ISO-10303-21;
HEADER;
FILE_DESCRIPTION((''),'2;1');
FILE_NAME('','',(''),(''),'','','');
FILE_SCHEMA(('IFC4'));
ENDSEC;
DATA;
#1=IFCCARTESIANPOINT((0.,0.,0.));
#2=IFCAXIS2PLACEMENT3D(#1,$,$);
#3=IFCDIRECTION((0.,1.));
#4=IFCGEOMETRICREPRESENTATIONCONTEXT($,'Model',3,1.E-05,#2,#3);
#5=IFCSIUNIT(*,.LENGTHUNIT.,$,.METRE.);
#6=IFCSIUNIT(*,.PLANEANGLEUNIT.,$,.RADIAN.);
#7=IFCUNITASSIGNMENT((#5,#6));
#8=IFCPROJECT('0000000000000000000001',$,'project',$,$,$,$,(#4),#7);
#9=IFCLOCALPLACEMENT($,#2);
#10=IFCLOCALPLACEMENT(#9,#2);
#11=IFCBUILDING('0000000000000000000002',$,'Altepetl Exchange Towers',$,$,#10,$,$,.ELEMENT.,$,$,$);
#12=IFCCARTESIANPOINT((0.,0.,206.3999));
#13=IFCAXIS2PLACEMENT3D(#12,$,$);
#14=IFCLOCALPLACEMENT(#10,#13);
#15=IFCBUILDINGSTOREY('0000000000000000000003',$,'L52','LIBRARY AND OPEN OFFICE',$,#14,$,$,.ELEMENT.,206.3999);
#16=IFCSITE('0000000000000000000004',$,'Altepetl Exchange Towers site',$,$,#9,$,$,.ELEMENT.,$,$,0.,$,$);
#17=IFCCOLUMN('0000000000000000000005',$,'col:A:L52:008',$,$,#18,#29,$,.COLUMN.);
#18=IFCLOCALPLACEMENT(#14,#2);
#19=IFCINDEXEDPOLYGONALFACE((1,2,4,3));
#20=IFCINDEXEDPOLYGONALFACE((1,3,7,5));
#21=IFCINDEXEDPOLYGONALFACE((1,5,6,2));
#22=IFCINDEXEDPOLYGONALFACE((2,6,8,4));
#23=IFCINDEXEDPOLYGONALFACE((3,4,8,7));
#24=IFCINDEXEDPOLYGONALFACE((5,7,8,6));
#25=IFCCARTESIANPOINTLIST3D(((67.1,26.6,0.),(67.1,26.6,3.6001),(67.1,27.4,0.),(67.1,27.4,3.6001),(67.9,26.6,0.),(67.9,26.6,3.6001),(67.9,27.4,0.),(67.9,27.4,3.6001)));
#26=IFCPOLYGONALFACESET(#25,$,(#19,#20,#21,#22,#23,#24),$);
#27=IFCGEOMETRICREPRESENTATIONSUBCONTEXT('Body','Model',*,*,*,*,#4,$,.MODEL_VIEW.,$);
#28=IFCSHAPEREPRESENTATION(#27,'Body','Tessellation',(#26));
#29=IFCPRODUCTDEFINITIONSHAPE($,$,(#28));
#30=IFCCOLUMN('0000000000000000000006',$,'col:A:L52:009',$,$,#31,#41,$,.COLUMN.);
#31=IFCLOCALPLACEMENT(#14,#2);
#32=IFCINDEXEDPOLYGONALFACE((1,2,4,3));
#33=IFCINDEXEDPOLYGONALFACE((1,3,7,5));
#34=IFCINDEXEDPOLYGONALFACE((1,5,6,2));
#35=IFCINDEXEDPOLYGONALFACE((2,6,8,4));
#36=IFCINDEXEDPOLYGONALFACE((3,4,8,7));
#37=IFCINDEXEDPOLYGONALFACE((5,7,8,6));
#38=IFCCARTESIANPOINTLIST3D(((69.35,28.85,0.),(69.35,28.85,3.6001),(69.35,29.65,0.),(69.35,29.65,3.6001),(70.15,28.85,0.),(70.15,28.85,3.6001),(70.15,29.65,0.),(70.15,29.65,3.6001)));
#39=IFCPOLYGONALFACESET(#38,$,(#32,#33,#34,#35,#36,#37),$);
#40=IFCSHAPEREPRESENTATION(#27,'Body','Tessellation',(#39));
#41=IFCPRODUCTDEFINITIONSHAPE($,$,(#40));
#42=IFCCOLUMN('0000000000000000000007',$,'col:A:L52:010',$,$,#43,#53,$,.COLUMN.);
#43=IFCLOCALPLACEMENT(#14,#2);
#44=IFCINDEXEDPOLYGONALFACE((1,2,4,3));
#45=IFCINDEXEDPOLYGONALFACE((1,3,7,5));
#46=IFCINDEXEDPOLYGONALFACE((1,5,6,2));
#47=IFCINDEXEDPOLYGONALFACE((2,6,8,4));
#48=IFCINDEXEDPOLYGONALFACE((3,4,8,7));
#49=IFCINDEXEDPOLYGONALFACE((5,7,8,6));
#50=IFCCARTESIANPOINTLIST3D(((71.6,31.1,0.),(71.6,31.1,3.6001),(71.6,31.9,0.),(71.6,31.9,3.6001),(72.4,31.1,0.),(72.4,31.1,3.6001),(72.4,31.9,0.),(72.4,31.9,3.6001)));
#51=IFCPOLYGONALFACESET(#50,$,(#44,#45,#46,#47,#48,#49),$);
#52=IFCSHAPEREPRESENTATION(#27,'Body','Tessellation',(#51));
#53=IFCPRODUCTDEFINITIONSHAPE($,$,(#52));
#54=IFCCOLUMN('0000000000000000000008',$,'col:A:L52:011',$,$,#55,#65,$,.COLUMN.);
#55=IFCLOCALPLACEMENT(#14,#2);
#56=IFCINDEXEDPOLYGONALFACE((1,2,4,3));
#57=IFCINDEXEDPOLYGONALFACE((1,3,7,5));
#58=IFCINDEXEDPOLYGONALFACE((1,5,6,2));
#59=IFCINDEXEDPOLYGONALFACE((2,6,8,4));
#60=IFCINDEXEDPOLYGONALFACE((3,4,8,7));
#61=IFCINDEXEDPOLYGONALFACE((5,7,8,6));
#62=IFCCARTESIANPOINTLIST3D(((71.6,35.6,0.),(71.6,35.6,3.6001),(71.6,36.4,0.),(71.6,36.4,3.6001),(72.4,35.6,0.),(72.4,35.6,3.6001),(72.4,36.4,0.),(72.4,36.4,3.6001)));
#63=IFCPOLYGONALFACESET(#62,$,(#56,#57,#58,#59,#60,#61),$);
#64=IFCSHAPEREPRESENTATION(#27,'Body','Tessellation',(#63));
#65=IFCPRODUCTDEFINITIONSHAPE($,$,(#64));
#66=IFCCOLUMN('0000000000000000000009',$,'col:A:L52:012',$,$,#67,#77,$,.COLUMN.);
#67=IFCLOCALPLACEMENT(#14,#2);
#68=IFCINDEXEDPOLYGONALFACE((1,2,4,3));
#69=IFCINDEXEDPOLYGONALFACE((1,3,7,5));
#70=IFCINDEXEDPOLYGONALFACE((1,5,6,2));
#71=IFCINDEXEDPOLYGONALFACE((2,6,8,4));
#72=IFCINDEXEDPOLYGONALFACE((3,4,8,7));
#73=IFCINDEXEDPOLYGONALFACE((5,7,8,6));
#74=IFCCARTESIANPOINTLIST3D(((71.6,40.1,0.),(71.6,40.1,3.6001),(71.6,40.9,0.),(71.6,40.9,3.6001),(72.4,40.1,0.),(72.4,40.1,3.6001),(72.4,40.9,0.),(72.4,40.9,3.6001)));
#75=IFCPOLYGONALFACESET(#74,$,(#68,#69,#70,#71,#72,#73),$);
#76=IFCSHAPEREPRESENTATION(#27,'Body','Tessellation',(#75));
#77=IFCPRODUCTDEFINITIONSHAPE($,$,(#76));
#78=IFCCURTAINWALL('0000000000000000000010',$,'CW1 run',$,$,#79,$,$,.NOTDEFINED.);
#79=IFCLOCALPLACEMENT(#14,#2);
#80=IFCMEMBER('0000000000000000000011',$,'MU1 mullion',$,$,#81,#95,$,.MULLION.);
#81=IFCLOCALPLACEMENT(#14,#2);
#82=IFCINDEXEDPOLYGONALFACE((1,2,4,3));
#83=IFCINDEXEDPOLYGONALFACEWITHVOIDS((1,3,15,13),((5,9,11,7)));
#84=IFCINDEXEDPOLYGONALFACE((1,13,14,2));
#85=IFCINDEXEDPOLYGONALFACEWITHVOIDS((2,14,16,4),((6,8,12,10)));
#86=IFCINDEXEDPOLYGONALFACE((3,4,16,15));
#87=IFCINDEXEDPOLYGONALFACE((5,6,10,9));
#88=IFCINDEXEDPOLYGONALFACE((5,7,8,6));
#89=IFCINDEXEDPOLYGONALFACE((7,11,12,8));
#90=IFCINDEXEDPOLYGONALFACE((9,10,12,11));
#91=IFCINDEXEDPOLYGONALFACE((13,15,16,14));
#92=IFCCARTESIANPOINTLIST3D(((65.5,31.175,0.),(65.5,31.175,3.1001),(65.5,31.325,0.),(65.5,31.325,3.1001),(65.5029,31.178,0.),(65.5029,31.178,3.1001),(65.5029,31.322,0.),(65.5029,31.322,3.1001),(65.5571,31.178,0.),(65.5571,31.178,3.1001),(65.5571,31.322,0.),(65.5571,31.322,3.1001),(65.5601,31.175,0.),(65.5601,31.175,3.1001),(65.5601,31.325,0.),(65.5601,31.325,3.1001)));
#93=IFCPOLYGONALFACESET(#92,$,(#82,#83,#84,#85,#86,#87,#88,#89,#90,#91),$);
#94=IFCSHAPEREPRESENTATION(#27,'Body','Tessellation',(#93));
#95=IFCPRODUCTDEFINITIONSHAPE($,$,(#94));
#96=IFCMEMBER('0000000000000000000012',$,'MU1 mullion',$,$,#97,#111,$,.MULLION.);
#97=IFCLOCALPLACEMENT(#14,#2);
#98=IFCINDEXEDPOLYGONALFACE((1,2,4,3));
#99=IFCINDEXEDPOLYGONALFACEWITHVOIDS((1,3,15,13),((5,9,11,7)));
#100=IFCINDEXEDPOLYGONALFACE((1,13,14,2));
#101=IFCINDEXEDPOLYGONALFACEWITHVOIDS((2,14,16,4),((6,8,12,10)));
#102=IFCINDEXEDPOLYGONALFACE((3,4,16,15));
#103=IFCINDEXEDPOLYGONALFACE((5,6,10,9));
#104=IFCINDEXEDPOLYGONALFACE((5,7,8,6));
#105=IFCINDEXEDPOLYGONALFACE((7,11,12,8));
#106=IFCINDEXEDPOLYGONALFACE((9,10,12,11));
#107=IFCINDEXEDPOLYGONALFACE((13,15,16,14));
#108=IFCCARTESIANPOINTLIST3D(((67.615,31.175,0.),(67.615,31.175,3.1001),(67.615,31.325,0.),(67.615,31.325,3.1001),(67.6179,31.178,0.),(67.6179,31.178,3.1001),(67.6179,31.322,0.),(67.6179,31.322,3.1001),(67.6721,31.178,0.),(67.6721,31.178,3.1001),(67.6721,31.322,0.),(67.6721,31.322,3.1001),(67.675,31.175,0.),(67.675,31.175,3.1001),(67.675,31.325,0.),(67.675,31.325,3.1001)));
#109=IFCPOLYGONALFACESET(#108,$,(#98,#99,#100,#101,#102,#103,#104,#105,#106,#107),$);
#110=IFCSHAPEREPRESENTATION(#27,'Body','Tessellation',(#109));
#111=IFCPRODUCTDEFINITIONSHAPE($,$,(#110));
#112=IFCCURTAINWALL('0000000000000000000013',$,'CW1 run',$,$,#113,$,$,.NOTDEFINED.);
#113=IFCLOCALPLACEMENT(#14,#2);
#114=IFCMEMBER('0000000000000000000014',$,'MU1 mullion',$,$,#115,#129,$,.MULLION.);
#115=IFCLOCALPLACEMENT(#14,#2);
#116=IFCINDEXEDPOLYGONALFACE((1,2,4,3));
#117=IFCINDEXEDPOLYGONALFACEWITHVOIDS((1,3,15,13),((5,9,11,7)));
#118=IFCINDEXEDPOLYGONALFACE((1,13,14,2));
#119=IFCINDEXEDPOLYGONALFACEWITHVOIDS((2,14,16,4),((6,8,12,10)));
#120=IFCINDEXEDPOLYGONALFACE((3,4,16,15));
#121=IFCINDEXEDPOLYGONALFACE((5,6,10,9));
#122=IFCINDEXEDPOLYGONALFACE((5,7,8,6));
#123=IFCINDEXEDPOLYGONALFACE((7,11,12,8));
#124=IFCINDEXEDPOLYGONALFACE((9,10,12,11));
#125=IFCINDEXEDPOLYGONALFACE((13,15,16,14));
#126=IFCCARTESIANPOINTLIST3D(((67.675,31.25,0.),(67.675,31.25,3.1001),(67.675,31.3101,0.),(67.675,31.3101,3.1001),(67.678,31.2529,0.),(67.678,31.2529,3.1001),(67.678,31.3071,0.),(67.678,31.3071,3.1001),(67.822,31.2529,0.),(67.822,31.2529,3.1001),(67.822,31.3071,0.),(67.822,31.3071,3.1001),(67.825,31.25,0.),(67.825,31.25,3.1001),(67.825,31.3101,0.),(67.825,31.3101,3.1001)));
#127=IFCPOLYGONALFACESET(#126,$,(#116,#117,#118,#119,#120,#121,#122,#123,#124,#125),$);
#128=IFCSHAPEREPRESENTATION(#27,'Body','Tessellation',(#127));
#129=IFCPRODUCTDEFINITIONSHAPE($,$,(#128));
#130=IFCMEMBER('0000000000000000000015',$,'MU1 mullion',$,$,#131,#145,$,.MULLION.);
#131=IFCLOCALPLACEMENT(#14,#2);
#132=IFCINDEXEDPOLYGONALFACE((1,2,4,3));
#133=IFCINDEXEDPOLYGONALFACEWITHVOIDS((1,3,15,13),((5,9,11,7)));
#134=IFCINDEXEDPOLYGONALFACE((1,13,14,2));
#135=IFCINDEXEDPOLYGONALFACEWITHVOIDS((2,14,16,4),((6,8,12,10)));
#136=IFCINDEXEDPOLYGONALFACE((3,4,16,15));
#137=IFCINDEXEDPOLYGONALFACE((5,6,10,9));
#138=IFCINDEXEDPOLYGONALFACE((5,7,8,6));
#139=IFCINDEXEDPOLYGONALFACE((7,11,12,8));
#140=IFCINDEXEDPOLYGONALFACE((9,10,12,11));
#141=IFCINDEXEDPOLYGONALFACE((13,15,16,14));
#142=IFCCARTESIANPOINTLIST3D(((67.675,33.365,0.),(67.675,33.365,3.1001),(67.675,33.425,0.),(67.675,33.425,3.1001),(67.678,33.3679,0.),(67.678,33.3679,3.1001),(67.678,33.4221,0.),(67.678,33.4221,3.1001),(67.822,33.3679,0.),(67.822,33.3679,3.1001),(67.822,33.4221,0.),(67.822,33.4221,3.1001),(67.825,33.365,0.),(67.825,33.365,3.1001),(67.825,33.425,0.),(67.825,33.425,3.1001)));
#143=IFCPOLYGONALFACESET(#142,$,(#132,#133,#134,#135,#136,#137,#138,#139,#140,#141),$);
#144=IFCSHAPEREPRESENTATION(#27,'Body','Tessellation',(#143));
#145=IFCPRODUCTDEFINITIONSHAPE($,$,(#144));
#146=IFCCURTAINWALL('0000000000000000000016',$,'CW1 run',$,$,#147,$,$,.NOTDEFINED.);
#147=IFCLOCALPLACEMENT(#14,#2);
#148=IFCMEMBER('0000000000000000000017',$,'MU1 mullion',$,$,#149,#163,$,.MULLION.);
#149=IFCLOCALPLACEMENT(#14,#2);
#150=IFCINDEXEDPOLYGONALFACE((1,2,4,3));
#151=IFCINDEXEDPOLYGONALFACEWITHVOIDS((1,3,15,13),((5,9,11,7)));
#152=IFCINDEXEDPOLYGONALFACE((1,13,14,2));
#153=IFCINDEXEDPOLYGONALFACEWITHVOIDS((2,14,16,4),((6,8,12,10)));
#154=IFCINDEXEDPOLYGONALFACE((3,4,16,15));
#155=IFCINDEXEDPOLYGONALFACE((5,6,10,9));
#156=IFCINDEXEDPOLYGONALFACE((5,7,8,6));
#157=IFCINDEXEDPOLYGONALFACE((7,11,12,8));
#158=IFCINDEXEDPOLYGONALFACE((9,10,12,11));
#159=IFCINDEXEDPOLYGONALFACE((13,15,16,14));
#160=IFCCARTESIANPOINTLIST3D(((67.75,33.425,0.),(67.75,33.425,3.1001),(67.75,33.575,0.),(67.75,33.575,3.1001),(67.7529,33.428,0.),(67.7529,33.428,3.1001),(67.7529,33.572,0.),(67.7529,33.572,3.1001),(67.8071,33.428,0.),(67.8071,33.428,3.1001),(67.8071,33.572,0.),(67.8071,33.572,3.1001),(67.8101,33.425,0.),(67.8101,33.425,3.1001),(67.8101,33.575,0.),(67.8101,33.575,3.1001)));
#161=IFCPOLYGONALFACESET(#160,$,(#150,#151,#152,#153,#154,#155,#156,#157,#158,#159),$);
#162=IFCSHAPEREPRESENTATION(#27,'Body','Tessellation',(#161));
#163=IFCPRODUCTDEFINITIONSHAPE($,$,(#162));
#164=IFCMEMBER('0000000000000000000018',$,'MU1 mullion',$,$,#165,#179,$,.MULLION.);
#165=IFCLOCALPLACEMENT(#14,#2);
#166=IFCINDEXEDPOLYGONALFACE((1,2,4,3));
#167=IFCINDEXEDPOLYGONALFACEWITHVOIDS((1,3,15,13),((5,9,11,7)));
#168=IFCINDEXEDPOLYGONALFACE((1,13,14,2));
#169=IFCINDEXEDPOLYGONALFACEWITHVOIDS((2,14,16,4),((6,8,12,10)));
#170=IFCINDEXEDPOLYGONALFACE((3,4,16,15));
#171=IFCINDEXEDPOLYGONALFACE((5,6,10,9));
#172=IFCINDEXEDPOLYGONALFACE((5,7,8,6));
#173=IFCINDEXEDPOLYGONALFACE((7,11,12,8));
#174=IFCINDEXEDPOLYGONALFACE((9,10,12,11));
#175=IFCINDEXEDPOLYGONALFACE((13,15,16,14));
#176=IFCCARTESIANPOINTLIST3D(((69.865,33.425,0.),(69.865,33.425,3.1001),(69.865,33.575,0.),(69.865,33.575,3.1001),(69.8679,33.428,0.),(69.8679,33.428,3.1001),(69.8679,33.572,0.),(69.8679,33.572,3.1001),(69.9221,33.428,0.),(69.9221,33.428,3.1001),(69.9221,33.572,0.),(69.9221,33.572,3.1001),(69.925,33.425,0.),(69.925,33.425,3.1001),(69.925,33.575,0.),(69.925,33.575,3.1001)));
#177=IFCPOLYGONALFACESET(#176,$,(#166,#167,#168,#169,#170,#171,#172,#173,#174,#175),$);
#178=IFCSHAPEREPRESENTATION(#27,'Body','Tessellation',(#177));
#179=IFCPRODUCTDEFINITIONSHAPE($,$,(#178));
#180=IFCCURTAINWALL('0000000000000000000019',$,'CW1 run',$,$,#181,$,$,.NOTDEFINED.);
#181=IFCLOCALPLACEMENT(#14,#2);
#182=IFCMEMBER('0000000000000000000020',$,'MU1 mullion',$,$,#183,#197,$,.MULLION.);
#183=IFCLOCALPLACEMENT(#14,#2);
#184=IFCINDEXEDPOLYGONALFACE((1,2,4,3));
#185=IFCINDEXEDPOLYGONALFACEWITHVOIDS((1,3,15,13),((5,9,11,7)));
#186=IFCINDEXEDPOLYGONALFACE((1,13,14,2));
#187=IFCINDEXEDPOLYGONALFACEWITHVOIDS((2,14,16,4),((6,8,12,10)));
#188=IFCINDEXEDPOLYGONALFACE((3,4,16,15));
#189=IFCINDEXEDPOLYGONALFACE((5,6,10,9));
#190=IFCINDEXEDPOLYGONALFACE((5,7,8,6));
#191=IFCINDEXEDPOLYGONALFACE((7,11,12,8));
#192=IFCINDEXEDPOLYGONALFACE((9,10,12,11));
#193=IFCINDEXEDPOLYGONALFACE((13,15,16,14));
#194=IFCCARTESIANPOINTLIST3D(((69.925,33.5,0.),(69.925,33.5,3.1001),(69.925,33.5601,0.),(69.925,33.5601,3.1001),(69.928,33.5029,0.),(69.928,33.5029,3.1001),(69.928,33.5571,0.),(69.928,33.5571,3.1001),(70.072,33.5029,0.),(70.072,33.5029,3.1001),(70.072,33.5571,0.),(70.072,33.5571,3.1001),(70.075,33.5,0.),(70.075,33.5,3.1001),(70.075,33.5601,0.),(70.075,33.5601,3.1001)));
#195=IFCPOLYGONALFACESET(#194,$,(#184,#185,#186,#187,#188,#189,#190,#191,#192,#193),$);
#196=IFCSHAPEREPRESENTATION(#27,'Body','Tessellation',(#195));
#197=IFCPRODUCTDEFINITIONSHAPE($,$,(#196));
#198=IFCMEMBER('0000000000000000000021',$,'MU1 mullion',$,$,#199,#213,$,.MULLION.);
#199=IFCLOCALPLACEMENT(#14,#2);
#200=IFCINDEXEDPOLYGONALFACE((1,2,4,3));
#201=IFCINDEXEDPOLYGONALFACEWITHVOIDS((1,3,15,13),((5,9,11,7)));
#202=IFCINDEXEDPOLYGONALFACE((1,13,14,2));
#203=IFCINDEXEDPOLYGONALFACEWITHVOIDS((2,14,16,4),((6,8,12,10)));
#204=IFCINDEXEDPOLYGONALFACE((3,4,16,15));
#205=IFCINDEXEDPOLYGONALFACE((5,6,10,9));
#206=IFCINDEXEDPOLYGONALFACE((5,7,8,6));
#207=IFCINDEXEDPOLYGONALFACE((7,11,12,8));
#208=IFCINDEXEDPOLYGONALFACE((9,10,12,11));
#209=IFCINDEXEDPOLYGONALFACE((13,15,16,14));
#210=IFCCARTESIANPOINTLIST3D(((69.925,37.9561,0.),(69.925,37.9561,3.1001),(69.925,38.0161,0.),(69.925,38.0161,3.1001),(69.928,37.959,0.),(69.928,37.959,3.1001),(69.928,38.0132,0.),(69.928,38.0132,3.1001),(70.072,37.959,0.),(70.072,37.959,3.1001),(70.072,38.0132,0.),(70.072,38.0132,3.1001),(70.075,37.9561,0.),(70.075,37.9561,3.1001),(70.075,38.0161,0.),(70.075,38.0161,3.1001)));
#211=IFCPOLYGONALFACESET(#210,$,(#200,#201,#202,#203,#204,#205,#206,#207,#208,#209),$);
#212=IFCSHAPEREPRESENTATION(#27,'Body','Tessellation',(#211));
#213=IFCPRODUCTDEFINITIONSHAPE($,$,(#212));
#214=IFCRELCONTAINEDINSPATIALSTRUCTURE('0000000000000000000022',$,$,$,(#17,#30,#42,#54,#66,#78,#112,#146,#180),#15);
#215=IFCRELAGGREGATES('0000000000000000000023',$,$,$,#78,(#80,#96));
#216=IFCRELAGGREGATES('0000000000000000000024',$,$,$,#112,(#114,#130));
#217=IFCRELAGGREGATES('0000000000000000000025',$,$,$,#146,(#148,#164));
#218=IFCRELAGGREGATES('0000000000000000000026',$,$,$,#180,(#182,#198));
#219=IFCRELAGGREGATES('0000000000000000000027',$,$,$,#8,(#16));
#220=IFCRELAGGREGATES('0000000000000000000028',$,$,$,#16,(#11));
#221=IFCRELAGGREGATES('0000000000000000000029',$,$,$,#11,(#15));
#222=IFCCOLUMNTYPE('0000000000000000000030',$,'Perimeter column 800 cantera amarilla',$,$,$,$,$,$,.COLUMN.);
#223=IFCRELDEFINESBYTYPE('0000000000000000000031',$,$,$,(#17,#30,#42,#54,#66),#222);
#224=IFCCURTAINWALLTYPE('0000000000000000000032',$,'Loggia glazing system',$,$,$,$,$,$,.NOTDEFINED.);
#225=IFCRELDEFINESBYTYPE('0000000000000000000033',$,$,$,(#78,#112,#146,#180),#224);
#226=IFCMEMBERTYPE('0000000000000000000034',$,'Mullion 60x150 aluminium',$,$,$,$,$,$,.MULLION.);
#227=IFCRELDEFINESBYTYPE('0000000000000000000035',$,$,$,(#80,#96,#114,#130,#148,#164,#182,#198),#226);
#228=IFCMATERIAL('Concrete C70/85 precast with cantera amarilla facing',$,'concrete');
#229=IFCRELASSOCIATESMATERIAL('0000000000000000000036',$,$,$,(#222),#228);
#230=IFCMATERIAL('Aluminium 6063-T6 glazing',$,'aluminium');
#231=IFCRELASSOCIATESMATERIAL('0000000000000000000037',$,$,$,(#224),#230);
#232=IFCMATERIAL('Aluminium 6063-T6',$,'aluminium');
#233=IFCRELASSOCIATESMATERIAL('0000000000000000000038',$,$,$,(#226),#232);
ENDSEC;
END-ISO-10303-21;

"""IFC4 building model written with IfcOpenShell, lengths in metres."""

from ifc_helpers import new_model, si_unit, direction, frame, origin, origin_2d, place, context, subcontext, project, spatial, rectangle, hollow_rectangle, extrude, material, material_profile, profile_set, type_object, element, aggregate, save


model = new_model("IFC4")

# Units and contexts
model_context = context("Model", 3, precision=1e-05, world=origin(), true_north=direction((0.0, 1.0)))
body_context = subcontext(model_context, "Body", "Model", "MODEL_VIEW")
ifc_project = project(units=[si_unit("LENGTHUNIT", "METRE"), si_unit("PLANEANGLEUNIT", "RADIAN")], contexts=[model_context])

# Site, building, storey
site_placement = place(None, origin())
site = spatial("IfcSite", under=ifc_project, at=site_placement, Name="Altepetl Exchange Towers site", CompositionType="ELEMENT", RefElevation=0.0)
building_placement = place(site_placement, origin())
building = spatial("IfcBuilding", under=site, at=building_placement, Name="Altepetl Exchange Towers", CompositionType="ELEMENT")
storey_placement = place(building_placement, frame((0.0, 0.0, 206.3999)))
storey = spatial("IfcBuildingStorey", under=building, at=storey_placement, Name="L52", Description="LIBRARY AND OPEN OFFICE", CompositionType="ELEMENT", Elevation=206.3999)

# Columns
ifc_material_1 = material(Name="Concrete C70/85 precast with cantera amarilla facing", Category="concrete")
ifc_material_profile_1 = material_profile(ifc_material_1, rectangle(XDim=0.8, YDim=0.8, at=origin_2d()), Name="800 x 800")
ifc_profile_set_1 = profile_set([ifc_material_profile_1], Name="Concrete C70/85 precast with cantera amarilla facing")
column_type = type_object("IfcColumnType", Name="Perimeter column 800 cantera amarilla", PredefinedType="COLUMN", material=ifc_profile_set_1)
for number, where, name in (
    (1, (67.5, 27.0, 0.0), "col:A:L52:008"),
    (2, (69.75, 29.25, 0.0), "col:A:L52:009"),
    (3, (72.0, 31.5, 0.0), "col:A:L52:010"),
    (4, (72.0, 36.0, 0.0), "col:A:L52:011"),
    (5, (72.0, 40.5, 0.0), "col:A:L52:012"),
):
    element("IfcColumn", number, at=place(storey_placement, frame(where)), inside=storey, type_object=column_type, Name=name, PredefinedType="COLUMN", context=body_context, shape_type="SweptSolid", body=[
        extrude(rectangle(XDim=0.8, YDim=0.8, at=origin_2d()), origin(), (0.0, 0.0, 1.0), 3.6001),
    ])

# Curtain walls, members
ifc_material_2 = material(Name="Aluminium 6063-T6 glazing", Category="aluminium")
curtain_wall_type = type_object("IfcCurtainWallType", Name="Loggia glazing system", PredefinedType="NOTDEFINED", material=ifc_material_2)
curtain_wall_1_placement = place(storey_placement, origin())
curtain_wall_1 = element("IfcCurtainWall", 6, at=curtain_wall_1_placement, inside=storey, type_object=curtain_wall_type, Name="CW1 run", PredefinedType="NOTDEFINED")
ifc_material_3 = material(Name="Aluminium 6063-T6", Category="aluminium")
ifc_material_profile_2 = material_profile(ifc_material_3, hollow_rectangle(XDim=0.0601, YDim=0.1499, WallThickness=0.0029, at=origin_2d()), Name="Mullion 60x150 aluminium")
ifc_profile_set_2 = profile_set([ifc_material_profile_2], Name="Aluminium 6063-T6")
member_type = type_object("IfcMemberType", Name="Mullion 60x150 aluminium", PredefinedType="MULLION", material=ifc_profile_set_2)
member_1_placement = place(storey_placement, frame((65.53, 31.25, 0.0)))
member_1 = element("IfcMember", 7, at=member_1_placement, type_object=member_type, Name="MU1 mullion", PredefinedType="MULLION", context=body_context, shape_type="SweptSolid", body=[
    extrude(hollow_rectangle(XDim=0.0601, YDim=0.1499, WallThickness=0.0029, at=origin_2d()), origin(), (0.0, 0.0, 1.0), 3.1001),
])
member_2_placement = place(storey_placement, frame((67.645, 31.25, 0.0)))
member_2 = element("IfcMember", 8, at=member_2_placement, type_object=member_type, Name="MU1 mullion", PredefinedType="MULLION", context=body_context, shape_type="SweptSolid", body=[
    extrude(hollow_rectangle(XDim=0.0601, YDim=0.1499, WallThickness=0.0029, at=origin_2d()), origin(), (0.0, 0.0, 1.0), 3.1001),
])
curtain_wall_2_placement = place(storey_placement, origin())
curtain_wall_2 = element("IfcCurtainWall", 9, at=curtain_wall_2_placement, inside=storey, type_object=curtain_wall_type, Name="CW1 run", PredefinedType="NOTDEFINED")
member_3_placement = place(storey_placement, frame((67.75, 31.28, 0.0), z_axis=(0.0, 0.0, 1.0), x_axis=(0.0, 1.0, 0.0)))
member_3 = element("IfcMember", 10, at=member_3_placement, type_object=member_type, Name="MU1 mullion", PredefinedType="MULLION", context=body_context, shape_type="SweptSolid", body=[
    extrude(hollow_rectangle(XDim=0.0601, YDim=0.1499, WallThickness=0.0029, at=origin_2d()), origin(), (0.0, 0.0, 1.0), 3.1001),
])
member_4_placement = place(storey_placement, frame((67.75, 33.395, 0.0), z_axis=(0.0, 0.0, 1.0), x_axis=(0.0, 1.0, 0.0)))
member_4 = element("IfcMember", 11, at=member_4_placement, type_object=member_type, Name="MU1 mullion", PredefinedType="MULLION", context=body_context, shape_type="SweptSolid", body=[
    extrude(hollow_rectangle(XDim=0.0601, YDim=0.1499, WallThickness=0.0029, at=origin_2d()), origin(), (0.0, 0.0, 1.0), 3.1001),
])
curtain_wall_3_placement = place(storey_placement, origin())
curtain_wall_3 = element("IfcCurtainWall", 12, at=curtain_wall_3_placement, inside=storey, type_object=curtain_wall_type, Name="CW1 run", PredefinedType="NOTDEFINED")
member_5_placement = place(storey_placement, frame((67.78, 33.5, 0.0)))
member_5 = element("IfcMember", 13, at=member_5_placement, type_object=member_type, Name="MU1 mullion", PredefinedType="MULLION", context=body_context, shape_type="SweptSolid", body=[
    extrude(hollow_rectangle(XDim=0.0601, YDim=0.1499, WallThickness=0.0029, at=origin_2d()), origin(), (0.0, 0.0, 1.0), 3.1001),
])
member_6_placement = place(storey_placement, frame((69.895, 33.5, 0.0)))
member_6 = element("IfcMember", 14, at=member_6_placement, type_object=member_type, Name="MU1 mullion", PredefinedType="MULLION", context=body_context, shape_type="SweptSolid", body=[
    extrude(hollow_rectangle(XDim=0.0601, YDim=0.1499, WallThickness=0.0029, at=origin_2d()), origin(), (0.0, 0.0, 1.0), 3.1001),
])
curtain_wall_4_placement = place(storey_placement, origin())
curtain_wall_4 = element("IfcCurtainWall", 15, at=curtain_wall_4_placement, inside=storey, type_object=curtain_wall_type, Name="CW1 run", PredefinedType="NOTDEFINED")
member_7_placement = place(storey_placement, frame((70.0, 33.53, 0.0), z_axis=(0.0, 0.0, 1.0), x_axis=(0.0, 1.0, 0.0)))
member_7 = element("IfcMember", 16, at=member_7_placement, type_object=member_type, Name="MU1 mullion", PredefinedType="MULLION", context=body_context, shape_type="SweptSolid", body=[
    extrude(hollow_rectangle(XDim=0.0601, YDim=0.1499, WallThickness=0.0029, at=origin_2d()), origin(), (0.0, 0.0, 1.0), 3.1001),
])
member_8_placement = place(storey_placement, frame((70.0, 37.9861, 0.0), z_axis=(0.0, 0.0, 1.0), x_axis=(0.0, 1.0, 0.0)))
member_8 = element("IfcMember", 17, at=member_8_placement, type_object=member_type, Name="MU1 mullion", PredefinedType="MULLION", context=body_context, shape_type="SweptSolid", body=[
    extrude(hollow_rectangle(XDim=0.0601, YDim=0.1499, WallThickness=0.0029, at=origin_2d()), origin(), (0.0, 0.0, 1.0), 3.1001),
])

aggregate(curtain_wall_1, [member_1, member_2])
aggregate(curtain_wall_2, [member_3, member_4])
aggregate(curtain_wall_3, [member_5, member_6])
aggregate(curtain_wall_4, [member_7, member_8])

save(model, "model.ifc")
